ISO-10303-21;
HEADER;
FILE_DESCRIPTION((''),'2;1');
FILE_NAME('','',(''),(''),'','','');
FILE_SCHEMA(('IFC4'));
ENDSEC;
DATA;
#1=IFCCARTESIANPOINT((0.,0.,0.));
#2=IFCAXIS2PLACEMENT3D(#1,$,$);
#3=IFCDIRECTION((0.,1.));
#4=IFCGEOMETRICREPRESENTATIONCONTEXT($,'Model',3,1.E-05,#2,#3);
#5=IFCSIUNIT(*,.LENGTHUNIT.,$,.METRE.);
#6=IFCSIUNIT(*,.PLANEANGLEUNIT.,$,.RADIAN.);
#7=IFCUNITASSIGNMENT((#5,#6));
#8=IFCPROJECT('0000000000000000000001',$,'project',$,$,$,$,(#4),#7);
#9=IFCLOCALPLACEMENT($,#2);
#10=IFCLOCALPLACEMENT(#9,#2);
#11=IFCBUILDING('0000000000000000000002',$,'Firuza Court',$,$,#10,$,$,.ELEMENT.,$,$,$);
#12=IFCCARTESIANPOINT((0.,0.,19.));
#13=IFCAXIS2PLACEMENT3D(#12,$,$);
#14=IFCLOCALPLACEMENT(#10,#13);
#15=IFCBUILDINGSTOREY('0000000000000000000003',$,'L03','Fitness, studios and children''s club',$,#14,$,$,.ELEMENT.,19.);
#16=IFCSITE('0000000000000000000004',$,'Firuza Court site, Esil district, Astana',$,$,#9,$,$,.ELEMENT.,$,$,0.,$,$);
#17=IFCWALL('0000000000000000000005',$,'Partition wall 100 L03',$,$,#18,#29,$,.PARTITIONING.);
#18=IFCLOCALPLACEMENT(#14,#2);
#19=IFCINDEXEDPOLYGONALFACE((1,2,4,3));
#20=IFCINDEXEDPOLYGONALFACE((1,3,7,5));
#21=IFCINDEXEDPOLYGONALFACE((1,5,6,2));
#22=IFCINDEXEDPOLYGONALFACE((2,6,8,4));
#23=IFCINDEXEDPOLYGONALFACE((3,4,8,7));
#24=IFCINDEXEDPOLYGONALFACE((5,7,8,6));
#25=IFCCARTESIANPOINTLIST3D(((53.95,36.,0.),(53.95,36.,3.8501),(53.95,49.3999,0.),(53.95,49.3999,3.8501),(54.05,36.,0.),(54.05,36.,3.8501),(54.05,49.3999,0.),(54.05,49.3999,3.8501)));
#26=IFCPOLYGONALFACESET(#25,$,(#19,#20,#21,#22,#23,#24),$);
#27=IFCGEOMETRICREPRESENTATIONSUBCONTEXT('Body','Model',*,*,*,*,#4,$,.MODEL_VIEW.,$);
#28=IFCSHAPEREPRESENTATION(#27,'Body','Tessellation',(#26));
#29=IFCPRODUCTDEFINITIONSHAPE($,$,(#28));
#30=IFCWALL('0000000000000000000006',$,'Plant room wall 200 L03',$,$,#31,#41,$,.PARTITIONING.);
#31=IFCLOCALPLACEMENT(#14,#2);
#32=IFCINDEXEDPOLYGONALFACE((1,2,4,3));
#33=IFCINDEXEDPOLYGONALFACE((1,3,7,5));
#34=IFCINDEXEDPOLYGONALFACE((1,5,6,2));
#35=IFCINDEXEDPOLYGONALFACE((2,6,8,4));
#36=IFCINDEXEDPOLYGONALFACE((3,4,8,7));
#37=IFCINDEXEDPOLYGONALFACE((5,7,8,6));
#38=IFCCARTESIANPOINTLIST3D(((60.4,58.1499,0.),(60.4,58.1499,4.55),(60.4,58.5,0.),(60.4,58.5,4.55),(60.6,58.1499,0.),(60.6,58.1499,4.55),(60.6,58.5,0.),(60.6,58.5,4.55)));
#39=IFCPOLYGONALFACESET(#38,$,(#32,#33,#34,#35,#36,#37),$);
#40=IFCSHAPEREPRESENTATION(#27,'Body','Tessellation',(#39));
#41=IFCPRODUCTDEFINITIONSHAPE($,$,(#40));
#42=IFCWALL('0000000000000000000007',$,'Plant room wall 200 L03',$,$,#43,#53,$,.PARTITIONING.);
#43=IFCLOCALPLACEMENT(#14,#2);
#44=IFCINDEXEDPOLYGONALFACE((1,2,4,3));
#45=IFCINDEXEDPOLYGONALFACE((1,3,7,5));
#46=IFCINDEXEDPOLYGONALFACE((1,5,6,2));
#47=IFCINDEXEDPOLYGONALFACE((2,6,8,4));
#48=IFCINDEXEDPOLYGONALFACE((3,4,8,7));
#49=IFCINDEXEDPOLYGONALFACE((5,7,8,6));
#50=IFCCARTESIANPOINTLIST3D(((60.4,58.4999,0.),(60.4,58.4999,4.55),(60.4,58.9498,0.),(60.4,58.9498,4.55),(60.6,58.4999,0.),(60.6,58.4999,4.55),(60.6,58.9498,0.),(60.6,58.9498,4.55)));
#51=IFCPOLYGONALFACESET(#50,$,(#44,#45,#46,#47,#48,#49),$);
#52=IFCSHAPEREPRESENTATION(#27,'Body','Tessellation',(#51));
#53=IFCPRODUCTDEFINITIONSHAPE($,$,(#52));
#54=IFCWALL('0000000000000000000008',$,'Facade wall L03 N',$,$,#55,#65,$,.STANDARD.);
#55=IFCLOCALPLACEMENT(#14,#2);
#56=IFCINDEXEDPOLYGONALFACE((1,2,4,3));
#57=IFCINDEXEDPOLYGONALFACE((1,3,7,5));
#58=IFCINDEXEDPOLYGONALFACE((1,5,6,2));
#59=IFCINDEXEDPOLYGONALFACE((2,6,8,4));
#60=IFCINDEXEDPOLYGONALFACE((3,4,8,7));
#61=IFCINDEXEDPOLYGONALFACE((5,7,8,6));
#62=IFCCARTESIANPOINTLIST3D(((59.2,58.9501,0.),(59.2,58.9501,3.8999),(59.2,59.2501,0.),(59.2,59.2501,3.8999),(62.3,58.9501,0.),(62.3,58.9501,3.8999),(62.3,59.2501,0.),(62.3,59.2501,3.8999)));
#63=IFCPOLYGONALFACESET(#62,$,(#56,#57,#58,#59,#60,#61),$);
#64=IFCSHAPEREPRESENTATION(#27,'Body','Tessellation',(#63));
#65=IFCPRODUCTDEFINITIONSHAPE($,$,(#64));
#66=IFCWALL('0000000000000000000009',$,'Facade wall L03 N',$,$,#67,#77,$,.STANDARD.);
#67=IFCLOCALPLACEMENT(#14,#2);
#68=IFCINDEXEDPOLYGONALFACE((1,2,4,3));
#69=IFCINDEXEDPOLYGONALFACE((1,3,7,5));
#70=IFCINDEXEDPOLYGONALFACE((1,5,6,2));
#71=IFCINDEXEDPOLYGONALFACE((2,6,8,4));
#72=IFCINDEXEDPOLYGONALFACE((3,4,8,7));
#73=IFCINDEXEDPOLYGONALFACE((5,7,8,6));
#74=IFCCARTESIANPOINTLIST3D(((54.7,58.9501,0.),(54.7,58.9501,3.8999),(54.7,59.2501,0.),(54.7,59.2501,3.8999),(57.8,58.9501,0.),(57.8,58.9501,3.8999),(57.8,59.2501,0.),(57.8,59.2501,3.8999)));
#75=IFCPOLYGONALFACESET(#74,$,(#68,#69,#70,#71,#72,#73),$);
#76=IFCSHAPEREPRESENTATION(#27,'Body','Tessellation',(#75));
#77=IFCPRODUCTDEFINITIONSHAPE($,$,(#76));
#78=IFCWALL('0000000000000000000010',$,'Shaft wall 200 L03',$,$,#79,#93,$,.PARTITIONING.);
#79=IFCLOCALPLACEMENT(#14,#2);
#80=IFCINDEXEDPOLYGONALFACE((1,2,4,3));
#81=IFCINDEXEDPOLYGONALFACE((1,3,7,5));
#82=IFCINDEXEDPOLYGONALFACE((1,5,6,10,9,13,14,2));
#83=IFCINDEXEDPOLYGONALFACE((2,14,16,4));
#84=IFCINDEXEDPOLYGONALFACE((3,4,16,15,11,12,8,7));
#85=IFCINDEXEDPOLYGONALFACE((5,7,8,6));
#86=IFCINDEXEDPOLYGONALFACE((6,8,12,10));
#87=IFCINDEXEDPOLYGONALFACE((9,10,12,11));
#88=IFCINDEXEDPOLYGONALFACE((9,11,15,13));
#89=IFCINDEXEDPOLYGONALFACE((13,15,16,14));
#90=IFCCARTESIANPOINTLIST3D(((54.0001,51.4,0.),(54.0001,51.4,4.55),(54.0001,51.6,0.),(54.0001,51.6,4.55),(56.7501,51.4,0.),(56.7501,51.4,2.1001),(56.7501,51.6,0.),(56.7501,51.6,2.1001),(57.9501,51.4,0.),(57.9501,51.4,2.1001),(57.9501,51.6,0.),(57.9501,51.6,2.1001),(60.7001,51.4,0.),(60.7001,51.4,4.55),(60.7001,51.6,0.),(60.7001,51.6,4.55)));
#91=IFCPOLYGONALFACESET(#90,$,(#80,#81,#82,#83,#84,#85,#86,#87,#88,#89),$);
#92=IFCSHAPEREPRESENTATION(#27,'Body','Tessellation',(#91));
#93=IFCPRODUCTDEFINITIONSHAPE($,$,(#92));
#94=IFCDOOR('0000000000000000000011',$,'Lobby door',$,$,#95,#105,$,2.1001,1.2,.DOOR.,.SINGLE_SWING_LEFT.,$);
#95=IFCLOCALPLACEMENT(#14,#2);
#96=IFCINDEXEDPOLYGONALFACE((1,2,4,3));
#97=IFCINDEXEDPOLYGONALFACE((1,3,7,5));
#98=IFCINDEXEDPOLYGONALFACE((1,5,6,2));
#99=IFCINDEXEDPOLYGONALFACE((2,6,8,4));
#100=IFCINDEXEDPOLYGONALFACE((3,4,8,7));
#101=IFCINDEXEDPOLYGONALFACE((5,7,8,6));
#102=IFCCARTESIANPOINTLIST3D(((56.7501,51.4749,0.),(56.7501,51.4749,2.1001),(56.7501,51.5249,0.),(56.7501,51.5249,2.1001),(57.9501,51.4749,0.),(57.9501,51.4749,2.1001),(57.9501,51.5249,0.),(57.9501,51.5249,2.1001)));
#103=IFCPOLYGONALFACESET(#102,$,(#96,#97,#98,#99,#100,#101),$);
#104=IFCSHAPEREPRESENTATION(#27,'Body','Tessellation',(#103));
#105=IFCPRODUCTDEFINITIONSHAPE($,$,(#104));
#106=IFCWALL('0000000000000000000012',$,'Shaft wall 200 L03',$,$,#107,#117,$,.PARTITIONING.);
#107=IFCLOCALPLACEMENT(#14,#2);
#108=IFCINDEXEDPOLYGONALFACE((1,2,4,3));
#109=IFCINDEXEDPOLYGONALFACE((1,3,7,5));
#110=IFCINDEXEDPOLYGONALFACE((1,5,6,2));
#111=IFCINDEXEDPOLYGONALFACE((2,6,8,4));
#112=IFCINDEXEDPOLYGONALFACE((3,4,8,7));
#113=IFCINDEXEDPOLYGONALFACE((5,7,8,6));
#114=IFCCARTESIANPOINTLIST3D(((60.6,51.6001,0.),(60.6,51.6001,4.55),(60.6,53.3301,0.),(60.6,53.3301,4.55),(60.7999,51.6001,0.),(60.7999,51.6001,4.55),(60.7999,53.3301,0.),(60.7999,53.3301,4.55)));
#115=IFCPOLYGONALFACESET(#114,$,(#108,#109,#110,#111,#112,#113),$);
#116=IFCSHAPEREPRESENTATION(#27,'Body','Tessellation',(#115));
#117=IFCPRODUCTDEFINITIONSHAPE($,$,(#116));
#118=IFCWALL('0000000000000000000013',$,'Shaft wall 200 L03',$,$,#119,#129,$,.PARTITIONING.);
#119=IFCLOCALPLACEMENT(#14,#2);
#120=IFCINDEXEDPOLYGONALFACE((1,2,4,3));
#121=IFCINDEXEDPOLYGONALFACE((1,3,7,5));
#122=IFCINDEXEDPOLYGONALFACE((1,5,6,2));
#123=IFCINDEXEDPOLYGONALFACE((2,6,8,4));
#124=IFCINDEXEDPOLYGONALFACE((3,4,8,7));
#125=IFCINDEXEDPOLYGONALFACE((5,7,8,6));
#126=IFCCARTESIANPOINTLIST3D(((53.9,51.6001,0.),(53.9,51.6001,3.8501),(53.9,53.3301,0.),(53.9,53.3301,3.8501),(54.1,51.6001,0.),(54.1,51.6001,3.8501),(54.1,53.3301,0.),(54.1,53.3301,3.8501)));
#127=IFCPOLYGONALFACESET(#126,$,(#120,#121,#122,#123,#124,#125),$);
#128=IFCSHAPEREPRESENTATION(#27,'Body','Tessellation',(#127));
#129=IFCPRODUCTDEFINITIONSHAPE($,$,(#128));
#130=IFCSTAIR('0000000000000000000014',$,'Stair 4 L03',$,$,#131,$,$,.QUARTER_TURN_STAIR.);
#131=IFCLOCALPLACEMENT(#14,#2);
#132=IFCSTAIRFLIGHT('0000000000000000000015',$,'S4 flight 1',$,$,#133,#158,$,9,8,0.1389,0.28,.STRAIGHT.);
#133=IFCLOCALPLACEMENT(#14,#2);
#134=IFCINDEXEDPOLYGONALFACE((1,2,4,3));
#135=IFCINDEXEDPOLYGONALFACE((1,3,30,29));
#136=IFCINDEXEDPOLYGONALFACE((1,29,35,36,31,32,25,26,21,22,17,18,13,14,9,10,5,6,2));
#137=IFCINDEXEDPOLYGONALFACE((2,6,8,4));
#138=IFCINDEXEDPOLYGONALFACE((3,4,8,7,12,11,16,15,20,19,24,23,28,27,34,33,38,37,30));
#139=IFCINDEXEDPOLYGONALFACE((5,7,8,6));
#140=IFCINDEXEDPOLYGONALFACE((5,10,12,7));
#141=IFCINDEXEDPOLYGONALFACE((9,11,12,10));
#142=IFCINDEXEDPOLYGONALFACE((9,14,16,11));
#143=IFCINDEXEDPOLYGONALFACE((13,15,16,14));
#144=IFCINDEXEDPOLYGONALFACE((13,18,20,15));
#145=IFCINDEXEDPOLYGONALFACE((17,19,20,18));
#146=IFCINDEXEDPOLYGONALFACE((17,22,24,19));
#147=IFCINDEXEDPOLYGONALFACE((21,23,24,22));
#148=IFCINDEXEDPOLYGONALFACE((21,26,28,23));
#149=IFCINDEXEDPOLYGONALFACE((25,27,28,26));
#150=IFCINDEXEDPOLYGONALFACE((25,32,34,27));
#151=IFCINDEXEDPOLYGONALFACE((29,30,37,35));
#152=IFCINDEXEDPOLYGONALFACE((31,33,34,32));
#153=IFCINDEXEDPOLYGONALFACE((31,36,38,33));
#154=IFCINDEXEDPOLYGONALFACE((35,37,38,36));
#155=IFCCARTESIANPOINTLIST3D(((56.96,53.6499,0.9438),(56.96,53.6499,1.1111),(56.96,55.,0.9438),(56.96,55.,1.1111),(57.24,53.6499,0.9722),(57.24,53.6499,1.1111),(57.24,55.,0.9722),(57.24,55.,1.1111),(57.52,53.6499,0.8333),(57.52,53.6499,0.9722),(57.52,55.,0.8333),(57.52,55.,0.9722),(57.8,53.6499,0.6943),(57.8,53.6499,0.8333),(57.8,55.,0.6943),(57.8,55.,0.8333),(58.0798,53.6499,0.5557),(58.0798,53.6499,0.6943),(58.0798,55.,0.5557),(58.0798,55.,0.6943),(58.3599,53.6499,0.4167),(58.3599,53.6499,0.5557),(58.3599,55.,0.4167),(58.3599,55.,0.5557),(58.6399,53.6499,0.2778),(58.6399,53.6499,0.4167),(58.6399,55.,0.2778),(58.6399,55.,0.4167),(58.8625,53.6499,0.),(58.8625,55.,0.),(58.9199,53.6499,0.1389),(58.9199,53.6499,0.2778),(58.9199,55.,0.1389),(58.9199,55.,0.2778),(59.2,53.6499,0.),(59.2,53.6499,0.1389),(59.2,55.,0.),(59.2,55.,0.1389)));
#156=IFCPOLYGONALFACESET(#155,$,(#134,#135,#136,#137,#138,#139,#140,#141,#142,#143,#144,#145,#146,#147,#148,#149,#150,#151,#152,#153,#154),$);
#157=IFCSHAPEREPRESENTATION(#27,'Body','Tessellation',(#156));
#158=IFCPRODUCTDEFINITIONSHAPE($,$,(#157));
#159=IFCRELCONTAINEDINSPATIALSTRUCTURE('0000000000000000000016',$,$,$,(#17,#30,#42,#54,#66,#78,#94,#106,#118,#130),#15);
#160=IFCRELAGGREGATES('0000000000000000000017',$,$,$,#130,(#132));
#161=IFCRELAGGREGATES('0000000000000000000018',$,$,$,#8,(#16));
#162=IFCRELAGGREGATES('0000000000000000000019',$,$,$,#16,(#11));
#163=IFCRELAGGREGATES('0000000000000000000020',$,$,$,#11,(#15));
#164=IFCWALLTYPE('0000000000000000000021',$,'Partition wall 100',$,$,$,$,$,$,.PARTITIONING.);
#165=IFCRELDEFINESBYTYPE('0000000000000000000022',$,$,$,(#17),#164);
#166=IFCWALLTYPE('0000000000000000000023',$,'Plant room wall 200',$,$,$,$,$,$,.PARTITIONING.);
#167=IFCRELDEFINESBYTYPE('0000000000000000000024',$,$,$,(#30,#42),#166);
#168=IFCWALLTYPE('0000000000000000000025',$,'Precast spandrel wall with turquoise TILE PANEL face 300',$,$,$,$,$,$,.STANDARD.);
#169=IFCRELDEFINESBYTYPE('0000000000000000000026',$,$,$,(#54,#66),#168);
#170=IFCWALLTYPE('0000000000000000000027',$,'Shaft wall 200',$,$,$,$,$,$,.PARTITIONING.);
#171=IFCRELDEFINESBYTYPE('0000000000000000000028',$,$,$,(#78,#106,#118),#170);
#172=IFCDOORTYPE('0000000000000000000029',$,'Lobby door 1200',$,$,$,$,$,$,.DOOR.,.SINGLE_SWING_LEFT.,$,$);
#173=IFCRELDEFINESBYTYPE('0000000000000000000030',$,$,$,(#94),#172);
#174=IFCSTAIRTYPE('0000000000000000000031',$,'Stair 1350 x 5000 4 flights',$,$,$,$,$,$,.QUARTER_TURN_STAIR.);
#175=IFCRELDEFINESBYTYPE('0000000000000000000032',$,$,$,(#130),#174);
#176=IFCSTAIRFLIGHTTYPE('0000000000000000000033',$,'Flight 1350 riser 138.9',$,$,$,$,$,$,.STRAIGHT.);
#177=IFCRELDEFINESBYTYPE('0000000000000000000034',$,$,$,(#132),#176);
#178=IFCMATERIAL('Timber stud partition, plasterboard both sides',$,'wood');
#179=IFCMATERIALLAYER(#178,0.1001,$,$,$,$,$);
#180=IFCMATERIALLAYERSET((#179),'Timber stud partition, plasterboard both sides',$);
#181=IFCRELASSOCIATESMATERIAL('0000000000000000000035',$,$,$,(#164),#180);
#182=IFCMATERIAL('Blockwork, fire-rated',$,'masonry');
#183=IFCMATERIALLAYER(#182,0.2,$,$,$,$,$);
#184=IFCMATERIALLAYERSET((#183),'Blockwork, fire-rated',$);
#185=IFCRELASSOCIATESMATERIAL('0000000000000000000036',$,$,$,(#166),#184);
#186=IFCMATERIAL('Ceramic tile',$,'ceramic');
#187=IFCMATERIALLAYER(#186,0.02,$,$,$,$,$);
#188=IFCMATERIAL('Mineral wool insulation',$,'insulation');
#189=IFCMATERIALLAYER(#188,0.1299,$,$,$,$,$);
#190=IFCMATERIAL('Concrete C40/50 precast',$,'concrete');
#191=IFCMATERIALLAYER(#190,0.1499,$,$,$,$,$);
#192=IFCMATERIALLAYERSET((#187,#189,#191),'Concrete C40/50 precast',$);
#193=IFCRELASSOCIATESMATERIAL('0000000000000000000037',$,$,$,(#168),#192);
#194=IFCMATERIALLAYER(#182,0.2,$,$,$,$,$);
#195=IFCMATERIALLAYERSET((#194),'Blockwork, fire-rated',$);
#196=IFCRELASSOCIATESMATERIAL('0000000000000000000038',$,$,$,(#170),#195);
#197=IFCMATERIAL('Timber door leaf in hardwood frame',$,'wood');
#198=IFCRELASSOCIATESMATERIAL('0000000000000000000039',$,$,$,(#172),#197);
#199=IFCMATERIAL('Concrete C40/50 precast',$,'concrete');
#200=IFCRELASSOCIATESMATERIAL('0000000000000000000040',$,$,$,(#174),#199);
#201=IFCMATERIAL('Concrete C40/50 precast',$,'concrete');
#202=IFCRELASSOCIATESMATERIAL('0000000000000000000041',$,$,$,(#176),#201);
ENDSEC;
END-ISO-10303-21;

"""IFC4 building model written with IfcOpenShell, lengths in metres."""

from ifc_helpers import new_model, si_unit, direction, frame, frame_2d, origin, place, context, subcontext, project, spatial, polyline, rectangle, outline, extrude, material, layer, layer_set, type_object, element, fill, aggregate, save


model = new_model("IFC4")

# Units and contexts
model_context = context("Model", 3, precision=1e-05, world=origin(), true_north=direction((0.0, 1.0)))
body_context = subcontext(model_context, "Body", "Model", "MODEL_VIEW")
ifc_project = project(units=[si_unit("LENGTHUNIT", "METRE"), si_unit("PLANEANGLEUNIT", "RADIAN")], contexts=[model_context])

# Site, building, storey
site_placement = place(None, origin())
site = spatial("IfcSite", under=ifc_project, at=site_placement, Name="Firuza Court site, Esil district, Astana", CompositionType="ELEMENT", RefElevation=0.0)
building_placement = place(site_placement, origin())
building = spatial("IfcBuilding", under=site, at=building_placement, Name="Firuza Court", CompositionType="ELEMENT")
storey_placement = place(building_placement, frame((0.0, 0.0, 19.0)))
storey = spatial("IfcBuildingStorey", under=building, at=storey_placement, Name="L03", Description="Fitness, studios and children's club", CompositionType="ELEMENT", Elevation=19.0)

# Walls
ifc_material_1 = material(Name="Timber stud partition, plasterboard both sides", Category="wood")
ifc_layer_1 = layer(ifc_material_1, 0.1001)
ifc_layer_set_1 = layer_set([ifc_layer_1], Name="Timber stud partition, plasterboard both sides")
wall_type_1 = type_object("IfcWallType", Name="Partition wall 100", PredefinedType="PARTITIONING", material=ifc_layer_set_1)
wall_1_placement = place(storey_placement, frame((54.0, 49.3999, 0.0), z_axis=(0.0, 0.0, 1.0), x_axis=(0.0, -1.0, 0.0)))
element("IfcWall", 1, at=wall_1_placement, inside=storey, type_object=wall_type_1, Name="Partition wall 100 L03", PredefinedType="PARTITIONING", context=body_context, shape_type="SweptSolid", body=[
    extrude(rectangle(XDim=13.3999, YDim=0.1001, at=frame_2d((6.7, 0.0))), origin(), (0.0, 0.0, 1.0), 3.8501),
])
ifc_material_2 = material(Name="Blockwork, fire-rated", Category="masonry")
ifc_layer_2 = layer(ifc_material_2, 0.2)
ifc_layer_set_2 = layer_set([ifc_layer_2], Name="Blockwork, fire-rated")
wall_type_2 = type_object("IfcWallType", Name="Plant room wall 200", PredefinedType="PARTITIONING", material=ifc_layer_set_2)
wall_2_placement = place(storey_placement, frame((60.5, 58.5, 0.0), z_axis=(0.0, 0.0, 1.0), x_axis=(0.0, -1.0, 0.0)))
element("IfcWall", 2, at=wall_2_placement, inside=storey, type_object=wall_type_2, Name="Plant room wall 200 L03", PredefinedType="PARTITIONING", context=body_context, shape_type="SweptSolid", body=[
    extrude(rectangle(XDim=0.3501, YDim=0.2, at=frame_2d((0.175, 0.0))), origin(), (0.0, 0.0, 1.0), 4.55),
])
wall_3_placement = place(storey_placement, frame((60.5, 58.95, 0.0), z_axis=(0.0, 0.0, 1.0), x_axis=(0.0, -1.0, 0.0)))
element("IfcWall", 3, at=wall_3_placement, inside=storey, type_object=wall_type_2, Name="Plant room wall 200 L03", PredefinedType="PARTITIONING", context=body_context, shape_type="SweptSolid", body=[
    extrude(rectangle(XDim=0.45, YDim=0.2, at=frame_2d((0.2251, 0.0))), origin(), (0.0, 0.0, 1.0), 4.55),
])
ifc_material_3 = material(Name="Ceramic tile", Category="ceramic")
ifc_layer_3 = layer(ifc_material_3, 0.02)
ifc_material_4 = material(Name="Mineral wool insulation", Category="insulation")
ifc_layer_4 = layer(ifc_material_4, 0.1299)
ifc_material_5 = material(Name="Concrete C40/50 precast", Category="concrete")
ifc_layer_5 = layer(ifc_material_5, 0.1499)
ifc_layer_set_3 = layer_set([ifc_layer_3, ifc_layer_4, ifc_layer_5], Name="Concrete C40/50 precast")
wall_type_3 = type_object("IfcWallType", Name="Precast spandrel wall with turquoise TILE PANEL face 300", PredefinedType="STANDARD", material=ifc_layer_set_3)
for number, where, z_axis, x_axis, name in (
    (4, (62.3, 59.1001, 0.0), (0.0, 0.0, 1.0), (-1.0, 0.0, 0.0), "Facade wall L03 N"),
    (5, (57.8, 59.1001, 0.0), (0.0, 0.0, 1.0), (-1.0, 0.0, 0.0), "Facade wall L03 N"),
):
    element("IfcWall", number, at=place(storey_placement, frame(where, z_axis=z_axis, x_axis=x_axis)), inside=storey, type_object=wall_type_3, Name=name, PredefinedType="STANDARD", context=body_context, shape_type="SweptSolid", body=[
        extrude(rectangle(XDim=3.1001, YDim=0.3, at=frame_2d((1.55, 0.0))), origin(), (0.0, 0.0, 1.0), 3.8999),
    ])

# Wall, opening, door
ifc_layer_6 = layer(ifc_material_2, 0.2)
ifc_layer_set_4 = layer_set([ifc_layer_6], Name="Blockwork, fire-rated")
wall_type_4 = type_object("IfcWallType", Name="Shaft wall 200", PredefinedType="PARTITIONING", material=ifc_layer_set_4)
wall_4_placement = place(storey_placement, frame((54.0, 51.5, 0.0), z_axis=(0.0, 0.0, 1.0), x_axis=(1.0, 0.0, 0.0)))
wall_4 = element("IfcWall", 6, at=wall_4_placement, inside=storey, type_object=wall_type_4, Name="Shaft wall 200 L03", PredefinedType="PARTITIONING", context=body_context, shape_type="SweptSolid", body=[
    extrude(rectangle(XDim=6.7, YDim=0.2, at=frame_2d((3.3501, 0.0))), origin(), (0.0, 0.0, 1.0), 4.55),
])
opening_1_placement = place(wall_4_placement, frame((2.75, 0.0, 0.0)))
opening_1 = element("IfcOpeningElement", 7, at=opening_1_placement, cuts=wall_4, PredefinedType="OPENING", context=body_context, shape_type="SweptSolid", body=[
    extrude(rectangle(XDim=1.2, YDim=2.1001, at=frame_2d((0.6001, 1.05))), frame((0.0, 0.1118, 0.0), z_axis=(0.0, -1.0, 0.0), x_axis=(1.0, 0.0, 0.0)), (0.0, 0.0, 1.0), 0.2239),
])
ifc_material_6 = material(Name="Timber door leaf in hardwood frame", Category="wood")
door_type_1 = type_object("IfcDoorType", Name="Lobby door 1200", OperationType="SINGLE_SWING_LEFT", PredefinedType="DOOR", material=ifc_material_6)
door_1_placement = place(opening_1_placement, origin())
door_1 = element("IfcDoor", 8, at=door_1_placement, inside=storey, type_object=door_type_1, Name="Lobby door", OperationType="SINGLE_SWING_LEFT", OverallHeight=2.1001, OverallWidth=1.2, PredefinedType="DOOR", context=body_context, shape_type="SweptSolid", body=[
    extrude(rectangle(XDim=1.2, YDim=2.1001, at=frame_2d((0.6001, 1.05))), frame((0.0, 0.0249, 0.0), z_axis=(0.0, -1.0, 0.0), x_axis=(1.0, 0.0, 0.0)), (0.0, 0.0, 1.0), 0.05),
])
fill(opening_1, door_1)

# Walls
wall_5_placement = place(storey_placement, frame((60.7, 51.6001, 0.0), z_axis=(0.0, 0.0, 1.0), x_axis=(0.0, 1.0, 0.0)))
element("IfcWall", 9, at=wall_5_placement, inside=storey, type_object=wall_type_4, Name="Shaft wall 200 L03", PredefinedType="PARTITIONING", context=body_context, shape_type="SweptSolid", body=[
    extrude(rectangle(XDim=1.73, YDim=0.2, at=frame_2d((0.865, 0.0))), origin(), (0.0, 0.0, 1.0), 4.55),
])
wall_6_placement = place(storey_placement, frame((54.0, 51.6001, 0.0), z_axis=(0.0, 0.0, 1.0), x_axis=(0.0, 1.0, 0.0)))
element("IfcWall", 10, at=wall_6_placement, inside=storey, type_object=wall_type_4, Name="Shaft wall 200 L03", PredefinedType="PARTITIONING", context=body_context, shape_type="SweptSolid", body=[
    extrude(rectangle(XDim=1.73, YDim=0.2, at=frame_2d((0.865, 0.0))), origin(), (0.0, 0.0, 1.0), 3.8501),
])

# Stair, stair flight
ifc_material_7 = material(Name="Concrete C40/50 precast", Category="concrete")
stair_type = type_object("IfcStairType", Name="Stair 1350 x 5000 4 flights", PredefinedType="QUARTER_TURN_STAIR", material=ifc_material_7)
stair_placement = place(storey_placement, origin())
stair = element("IfcStair", 11, at=stair_placement, inside=storey, type_object=stair_type, Name="Stair 4 L03", PredefinedType="QUARTER_TURN_STAIR")
ifc_material_8 = material(Name="Concrete C40/50 precast", Category="concrete")
stair_flight_type = type_object("IfcStairFlightType", Name="Flight 1350 riser 138.9", PredefinedType="STRAIGHT", material=ifc_material_8)
stair_flight_1_placement = place(storey_placement, frame((59.2, 54.325, 0.0), z_axis=(0.0, 0.0, 1.0), x_axis=(-1.0, 0.0, 0.0)))
stair_flight_1 = element("IfcStairFlight", 12, at=stair_flight_1_placement, type_object=stair_flight_type, Name="S4 flight 1", NumberOfRisers=9, NumberOfTreads=8, PredefinedType="STRAIGHT", RiserHeight=0.1389, TreadLength=0.28, context=body_context, shape_type="SweptSolid", body=[
    extrude(outline(polyline([(0.0, 0.0), (0.0, 0.1389), (0.28, 0.1389), (0.28, 0.2778), (0.5601, 0.2778), (0.5601, 0.4167), (0.8401, 0.4167), (0.8401, 0.5557), (1.1201, 0.5557), (1.1201, 0.6943), (1.3999, 0.6943), (1.3999, 0.8333), (1.6799, 0.8333), (1.6799, 0.9722), (1.96, 0.9722), (1.96, 1.1111), (2.24, 1.1111), (2.24, 1.25), (2.24, 0.9438), (0.3374, 0.0), (0.0, 0.0)])), frame((0.0, 0.675, 0.0), z_axis=(0.0, -1.0, 0.0), x_axis=(1.0, 0.0, 0.0)), (0.0, 0.0, 1.0), 1.3501),
])
aggregate(stair, [stair_flight_1])

save(model, "model.ifc")
